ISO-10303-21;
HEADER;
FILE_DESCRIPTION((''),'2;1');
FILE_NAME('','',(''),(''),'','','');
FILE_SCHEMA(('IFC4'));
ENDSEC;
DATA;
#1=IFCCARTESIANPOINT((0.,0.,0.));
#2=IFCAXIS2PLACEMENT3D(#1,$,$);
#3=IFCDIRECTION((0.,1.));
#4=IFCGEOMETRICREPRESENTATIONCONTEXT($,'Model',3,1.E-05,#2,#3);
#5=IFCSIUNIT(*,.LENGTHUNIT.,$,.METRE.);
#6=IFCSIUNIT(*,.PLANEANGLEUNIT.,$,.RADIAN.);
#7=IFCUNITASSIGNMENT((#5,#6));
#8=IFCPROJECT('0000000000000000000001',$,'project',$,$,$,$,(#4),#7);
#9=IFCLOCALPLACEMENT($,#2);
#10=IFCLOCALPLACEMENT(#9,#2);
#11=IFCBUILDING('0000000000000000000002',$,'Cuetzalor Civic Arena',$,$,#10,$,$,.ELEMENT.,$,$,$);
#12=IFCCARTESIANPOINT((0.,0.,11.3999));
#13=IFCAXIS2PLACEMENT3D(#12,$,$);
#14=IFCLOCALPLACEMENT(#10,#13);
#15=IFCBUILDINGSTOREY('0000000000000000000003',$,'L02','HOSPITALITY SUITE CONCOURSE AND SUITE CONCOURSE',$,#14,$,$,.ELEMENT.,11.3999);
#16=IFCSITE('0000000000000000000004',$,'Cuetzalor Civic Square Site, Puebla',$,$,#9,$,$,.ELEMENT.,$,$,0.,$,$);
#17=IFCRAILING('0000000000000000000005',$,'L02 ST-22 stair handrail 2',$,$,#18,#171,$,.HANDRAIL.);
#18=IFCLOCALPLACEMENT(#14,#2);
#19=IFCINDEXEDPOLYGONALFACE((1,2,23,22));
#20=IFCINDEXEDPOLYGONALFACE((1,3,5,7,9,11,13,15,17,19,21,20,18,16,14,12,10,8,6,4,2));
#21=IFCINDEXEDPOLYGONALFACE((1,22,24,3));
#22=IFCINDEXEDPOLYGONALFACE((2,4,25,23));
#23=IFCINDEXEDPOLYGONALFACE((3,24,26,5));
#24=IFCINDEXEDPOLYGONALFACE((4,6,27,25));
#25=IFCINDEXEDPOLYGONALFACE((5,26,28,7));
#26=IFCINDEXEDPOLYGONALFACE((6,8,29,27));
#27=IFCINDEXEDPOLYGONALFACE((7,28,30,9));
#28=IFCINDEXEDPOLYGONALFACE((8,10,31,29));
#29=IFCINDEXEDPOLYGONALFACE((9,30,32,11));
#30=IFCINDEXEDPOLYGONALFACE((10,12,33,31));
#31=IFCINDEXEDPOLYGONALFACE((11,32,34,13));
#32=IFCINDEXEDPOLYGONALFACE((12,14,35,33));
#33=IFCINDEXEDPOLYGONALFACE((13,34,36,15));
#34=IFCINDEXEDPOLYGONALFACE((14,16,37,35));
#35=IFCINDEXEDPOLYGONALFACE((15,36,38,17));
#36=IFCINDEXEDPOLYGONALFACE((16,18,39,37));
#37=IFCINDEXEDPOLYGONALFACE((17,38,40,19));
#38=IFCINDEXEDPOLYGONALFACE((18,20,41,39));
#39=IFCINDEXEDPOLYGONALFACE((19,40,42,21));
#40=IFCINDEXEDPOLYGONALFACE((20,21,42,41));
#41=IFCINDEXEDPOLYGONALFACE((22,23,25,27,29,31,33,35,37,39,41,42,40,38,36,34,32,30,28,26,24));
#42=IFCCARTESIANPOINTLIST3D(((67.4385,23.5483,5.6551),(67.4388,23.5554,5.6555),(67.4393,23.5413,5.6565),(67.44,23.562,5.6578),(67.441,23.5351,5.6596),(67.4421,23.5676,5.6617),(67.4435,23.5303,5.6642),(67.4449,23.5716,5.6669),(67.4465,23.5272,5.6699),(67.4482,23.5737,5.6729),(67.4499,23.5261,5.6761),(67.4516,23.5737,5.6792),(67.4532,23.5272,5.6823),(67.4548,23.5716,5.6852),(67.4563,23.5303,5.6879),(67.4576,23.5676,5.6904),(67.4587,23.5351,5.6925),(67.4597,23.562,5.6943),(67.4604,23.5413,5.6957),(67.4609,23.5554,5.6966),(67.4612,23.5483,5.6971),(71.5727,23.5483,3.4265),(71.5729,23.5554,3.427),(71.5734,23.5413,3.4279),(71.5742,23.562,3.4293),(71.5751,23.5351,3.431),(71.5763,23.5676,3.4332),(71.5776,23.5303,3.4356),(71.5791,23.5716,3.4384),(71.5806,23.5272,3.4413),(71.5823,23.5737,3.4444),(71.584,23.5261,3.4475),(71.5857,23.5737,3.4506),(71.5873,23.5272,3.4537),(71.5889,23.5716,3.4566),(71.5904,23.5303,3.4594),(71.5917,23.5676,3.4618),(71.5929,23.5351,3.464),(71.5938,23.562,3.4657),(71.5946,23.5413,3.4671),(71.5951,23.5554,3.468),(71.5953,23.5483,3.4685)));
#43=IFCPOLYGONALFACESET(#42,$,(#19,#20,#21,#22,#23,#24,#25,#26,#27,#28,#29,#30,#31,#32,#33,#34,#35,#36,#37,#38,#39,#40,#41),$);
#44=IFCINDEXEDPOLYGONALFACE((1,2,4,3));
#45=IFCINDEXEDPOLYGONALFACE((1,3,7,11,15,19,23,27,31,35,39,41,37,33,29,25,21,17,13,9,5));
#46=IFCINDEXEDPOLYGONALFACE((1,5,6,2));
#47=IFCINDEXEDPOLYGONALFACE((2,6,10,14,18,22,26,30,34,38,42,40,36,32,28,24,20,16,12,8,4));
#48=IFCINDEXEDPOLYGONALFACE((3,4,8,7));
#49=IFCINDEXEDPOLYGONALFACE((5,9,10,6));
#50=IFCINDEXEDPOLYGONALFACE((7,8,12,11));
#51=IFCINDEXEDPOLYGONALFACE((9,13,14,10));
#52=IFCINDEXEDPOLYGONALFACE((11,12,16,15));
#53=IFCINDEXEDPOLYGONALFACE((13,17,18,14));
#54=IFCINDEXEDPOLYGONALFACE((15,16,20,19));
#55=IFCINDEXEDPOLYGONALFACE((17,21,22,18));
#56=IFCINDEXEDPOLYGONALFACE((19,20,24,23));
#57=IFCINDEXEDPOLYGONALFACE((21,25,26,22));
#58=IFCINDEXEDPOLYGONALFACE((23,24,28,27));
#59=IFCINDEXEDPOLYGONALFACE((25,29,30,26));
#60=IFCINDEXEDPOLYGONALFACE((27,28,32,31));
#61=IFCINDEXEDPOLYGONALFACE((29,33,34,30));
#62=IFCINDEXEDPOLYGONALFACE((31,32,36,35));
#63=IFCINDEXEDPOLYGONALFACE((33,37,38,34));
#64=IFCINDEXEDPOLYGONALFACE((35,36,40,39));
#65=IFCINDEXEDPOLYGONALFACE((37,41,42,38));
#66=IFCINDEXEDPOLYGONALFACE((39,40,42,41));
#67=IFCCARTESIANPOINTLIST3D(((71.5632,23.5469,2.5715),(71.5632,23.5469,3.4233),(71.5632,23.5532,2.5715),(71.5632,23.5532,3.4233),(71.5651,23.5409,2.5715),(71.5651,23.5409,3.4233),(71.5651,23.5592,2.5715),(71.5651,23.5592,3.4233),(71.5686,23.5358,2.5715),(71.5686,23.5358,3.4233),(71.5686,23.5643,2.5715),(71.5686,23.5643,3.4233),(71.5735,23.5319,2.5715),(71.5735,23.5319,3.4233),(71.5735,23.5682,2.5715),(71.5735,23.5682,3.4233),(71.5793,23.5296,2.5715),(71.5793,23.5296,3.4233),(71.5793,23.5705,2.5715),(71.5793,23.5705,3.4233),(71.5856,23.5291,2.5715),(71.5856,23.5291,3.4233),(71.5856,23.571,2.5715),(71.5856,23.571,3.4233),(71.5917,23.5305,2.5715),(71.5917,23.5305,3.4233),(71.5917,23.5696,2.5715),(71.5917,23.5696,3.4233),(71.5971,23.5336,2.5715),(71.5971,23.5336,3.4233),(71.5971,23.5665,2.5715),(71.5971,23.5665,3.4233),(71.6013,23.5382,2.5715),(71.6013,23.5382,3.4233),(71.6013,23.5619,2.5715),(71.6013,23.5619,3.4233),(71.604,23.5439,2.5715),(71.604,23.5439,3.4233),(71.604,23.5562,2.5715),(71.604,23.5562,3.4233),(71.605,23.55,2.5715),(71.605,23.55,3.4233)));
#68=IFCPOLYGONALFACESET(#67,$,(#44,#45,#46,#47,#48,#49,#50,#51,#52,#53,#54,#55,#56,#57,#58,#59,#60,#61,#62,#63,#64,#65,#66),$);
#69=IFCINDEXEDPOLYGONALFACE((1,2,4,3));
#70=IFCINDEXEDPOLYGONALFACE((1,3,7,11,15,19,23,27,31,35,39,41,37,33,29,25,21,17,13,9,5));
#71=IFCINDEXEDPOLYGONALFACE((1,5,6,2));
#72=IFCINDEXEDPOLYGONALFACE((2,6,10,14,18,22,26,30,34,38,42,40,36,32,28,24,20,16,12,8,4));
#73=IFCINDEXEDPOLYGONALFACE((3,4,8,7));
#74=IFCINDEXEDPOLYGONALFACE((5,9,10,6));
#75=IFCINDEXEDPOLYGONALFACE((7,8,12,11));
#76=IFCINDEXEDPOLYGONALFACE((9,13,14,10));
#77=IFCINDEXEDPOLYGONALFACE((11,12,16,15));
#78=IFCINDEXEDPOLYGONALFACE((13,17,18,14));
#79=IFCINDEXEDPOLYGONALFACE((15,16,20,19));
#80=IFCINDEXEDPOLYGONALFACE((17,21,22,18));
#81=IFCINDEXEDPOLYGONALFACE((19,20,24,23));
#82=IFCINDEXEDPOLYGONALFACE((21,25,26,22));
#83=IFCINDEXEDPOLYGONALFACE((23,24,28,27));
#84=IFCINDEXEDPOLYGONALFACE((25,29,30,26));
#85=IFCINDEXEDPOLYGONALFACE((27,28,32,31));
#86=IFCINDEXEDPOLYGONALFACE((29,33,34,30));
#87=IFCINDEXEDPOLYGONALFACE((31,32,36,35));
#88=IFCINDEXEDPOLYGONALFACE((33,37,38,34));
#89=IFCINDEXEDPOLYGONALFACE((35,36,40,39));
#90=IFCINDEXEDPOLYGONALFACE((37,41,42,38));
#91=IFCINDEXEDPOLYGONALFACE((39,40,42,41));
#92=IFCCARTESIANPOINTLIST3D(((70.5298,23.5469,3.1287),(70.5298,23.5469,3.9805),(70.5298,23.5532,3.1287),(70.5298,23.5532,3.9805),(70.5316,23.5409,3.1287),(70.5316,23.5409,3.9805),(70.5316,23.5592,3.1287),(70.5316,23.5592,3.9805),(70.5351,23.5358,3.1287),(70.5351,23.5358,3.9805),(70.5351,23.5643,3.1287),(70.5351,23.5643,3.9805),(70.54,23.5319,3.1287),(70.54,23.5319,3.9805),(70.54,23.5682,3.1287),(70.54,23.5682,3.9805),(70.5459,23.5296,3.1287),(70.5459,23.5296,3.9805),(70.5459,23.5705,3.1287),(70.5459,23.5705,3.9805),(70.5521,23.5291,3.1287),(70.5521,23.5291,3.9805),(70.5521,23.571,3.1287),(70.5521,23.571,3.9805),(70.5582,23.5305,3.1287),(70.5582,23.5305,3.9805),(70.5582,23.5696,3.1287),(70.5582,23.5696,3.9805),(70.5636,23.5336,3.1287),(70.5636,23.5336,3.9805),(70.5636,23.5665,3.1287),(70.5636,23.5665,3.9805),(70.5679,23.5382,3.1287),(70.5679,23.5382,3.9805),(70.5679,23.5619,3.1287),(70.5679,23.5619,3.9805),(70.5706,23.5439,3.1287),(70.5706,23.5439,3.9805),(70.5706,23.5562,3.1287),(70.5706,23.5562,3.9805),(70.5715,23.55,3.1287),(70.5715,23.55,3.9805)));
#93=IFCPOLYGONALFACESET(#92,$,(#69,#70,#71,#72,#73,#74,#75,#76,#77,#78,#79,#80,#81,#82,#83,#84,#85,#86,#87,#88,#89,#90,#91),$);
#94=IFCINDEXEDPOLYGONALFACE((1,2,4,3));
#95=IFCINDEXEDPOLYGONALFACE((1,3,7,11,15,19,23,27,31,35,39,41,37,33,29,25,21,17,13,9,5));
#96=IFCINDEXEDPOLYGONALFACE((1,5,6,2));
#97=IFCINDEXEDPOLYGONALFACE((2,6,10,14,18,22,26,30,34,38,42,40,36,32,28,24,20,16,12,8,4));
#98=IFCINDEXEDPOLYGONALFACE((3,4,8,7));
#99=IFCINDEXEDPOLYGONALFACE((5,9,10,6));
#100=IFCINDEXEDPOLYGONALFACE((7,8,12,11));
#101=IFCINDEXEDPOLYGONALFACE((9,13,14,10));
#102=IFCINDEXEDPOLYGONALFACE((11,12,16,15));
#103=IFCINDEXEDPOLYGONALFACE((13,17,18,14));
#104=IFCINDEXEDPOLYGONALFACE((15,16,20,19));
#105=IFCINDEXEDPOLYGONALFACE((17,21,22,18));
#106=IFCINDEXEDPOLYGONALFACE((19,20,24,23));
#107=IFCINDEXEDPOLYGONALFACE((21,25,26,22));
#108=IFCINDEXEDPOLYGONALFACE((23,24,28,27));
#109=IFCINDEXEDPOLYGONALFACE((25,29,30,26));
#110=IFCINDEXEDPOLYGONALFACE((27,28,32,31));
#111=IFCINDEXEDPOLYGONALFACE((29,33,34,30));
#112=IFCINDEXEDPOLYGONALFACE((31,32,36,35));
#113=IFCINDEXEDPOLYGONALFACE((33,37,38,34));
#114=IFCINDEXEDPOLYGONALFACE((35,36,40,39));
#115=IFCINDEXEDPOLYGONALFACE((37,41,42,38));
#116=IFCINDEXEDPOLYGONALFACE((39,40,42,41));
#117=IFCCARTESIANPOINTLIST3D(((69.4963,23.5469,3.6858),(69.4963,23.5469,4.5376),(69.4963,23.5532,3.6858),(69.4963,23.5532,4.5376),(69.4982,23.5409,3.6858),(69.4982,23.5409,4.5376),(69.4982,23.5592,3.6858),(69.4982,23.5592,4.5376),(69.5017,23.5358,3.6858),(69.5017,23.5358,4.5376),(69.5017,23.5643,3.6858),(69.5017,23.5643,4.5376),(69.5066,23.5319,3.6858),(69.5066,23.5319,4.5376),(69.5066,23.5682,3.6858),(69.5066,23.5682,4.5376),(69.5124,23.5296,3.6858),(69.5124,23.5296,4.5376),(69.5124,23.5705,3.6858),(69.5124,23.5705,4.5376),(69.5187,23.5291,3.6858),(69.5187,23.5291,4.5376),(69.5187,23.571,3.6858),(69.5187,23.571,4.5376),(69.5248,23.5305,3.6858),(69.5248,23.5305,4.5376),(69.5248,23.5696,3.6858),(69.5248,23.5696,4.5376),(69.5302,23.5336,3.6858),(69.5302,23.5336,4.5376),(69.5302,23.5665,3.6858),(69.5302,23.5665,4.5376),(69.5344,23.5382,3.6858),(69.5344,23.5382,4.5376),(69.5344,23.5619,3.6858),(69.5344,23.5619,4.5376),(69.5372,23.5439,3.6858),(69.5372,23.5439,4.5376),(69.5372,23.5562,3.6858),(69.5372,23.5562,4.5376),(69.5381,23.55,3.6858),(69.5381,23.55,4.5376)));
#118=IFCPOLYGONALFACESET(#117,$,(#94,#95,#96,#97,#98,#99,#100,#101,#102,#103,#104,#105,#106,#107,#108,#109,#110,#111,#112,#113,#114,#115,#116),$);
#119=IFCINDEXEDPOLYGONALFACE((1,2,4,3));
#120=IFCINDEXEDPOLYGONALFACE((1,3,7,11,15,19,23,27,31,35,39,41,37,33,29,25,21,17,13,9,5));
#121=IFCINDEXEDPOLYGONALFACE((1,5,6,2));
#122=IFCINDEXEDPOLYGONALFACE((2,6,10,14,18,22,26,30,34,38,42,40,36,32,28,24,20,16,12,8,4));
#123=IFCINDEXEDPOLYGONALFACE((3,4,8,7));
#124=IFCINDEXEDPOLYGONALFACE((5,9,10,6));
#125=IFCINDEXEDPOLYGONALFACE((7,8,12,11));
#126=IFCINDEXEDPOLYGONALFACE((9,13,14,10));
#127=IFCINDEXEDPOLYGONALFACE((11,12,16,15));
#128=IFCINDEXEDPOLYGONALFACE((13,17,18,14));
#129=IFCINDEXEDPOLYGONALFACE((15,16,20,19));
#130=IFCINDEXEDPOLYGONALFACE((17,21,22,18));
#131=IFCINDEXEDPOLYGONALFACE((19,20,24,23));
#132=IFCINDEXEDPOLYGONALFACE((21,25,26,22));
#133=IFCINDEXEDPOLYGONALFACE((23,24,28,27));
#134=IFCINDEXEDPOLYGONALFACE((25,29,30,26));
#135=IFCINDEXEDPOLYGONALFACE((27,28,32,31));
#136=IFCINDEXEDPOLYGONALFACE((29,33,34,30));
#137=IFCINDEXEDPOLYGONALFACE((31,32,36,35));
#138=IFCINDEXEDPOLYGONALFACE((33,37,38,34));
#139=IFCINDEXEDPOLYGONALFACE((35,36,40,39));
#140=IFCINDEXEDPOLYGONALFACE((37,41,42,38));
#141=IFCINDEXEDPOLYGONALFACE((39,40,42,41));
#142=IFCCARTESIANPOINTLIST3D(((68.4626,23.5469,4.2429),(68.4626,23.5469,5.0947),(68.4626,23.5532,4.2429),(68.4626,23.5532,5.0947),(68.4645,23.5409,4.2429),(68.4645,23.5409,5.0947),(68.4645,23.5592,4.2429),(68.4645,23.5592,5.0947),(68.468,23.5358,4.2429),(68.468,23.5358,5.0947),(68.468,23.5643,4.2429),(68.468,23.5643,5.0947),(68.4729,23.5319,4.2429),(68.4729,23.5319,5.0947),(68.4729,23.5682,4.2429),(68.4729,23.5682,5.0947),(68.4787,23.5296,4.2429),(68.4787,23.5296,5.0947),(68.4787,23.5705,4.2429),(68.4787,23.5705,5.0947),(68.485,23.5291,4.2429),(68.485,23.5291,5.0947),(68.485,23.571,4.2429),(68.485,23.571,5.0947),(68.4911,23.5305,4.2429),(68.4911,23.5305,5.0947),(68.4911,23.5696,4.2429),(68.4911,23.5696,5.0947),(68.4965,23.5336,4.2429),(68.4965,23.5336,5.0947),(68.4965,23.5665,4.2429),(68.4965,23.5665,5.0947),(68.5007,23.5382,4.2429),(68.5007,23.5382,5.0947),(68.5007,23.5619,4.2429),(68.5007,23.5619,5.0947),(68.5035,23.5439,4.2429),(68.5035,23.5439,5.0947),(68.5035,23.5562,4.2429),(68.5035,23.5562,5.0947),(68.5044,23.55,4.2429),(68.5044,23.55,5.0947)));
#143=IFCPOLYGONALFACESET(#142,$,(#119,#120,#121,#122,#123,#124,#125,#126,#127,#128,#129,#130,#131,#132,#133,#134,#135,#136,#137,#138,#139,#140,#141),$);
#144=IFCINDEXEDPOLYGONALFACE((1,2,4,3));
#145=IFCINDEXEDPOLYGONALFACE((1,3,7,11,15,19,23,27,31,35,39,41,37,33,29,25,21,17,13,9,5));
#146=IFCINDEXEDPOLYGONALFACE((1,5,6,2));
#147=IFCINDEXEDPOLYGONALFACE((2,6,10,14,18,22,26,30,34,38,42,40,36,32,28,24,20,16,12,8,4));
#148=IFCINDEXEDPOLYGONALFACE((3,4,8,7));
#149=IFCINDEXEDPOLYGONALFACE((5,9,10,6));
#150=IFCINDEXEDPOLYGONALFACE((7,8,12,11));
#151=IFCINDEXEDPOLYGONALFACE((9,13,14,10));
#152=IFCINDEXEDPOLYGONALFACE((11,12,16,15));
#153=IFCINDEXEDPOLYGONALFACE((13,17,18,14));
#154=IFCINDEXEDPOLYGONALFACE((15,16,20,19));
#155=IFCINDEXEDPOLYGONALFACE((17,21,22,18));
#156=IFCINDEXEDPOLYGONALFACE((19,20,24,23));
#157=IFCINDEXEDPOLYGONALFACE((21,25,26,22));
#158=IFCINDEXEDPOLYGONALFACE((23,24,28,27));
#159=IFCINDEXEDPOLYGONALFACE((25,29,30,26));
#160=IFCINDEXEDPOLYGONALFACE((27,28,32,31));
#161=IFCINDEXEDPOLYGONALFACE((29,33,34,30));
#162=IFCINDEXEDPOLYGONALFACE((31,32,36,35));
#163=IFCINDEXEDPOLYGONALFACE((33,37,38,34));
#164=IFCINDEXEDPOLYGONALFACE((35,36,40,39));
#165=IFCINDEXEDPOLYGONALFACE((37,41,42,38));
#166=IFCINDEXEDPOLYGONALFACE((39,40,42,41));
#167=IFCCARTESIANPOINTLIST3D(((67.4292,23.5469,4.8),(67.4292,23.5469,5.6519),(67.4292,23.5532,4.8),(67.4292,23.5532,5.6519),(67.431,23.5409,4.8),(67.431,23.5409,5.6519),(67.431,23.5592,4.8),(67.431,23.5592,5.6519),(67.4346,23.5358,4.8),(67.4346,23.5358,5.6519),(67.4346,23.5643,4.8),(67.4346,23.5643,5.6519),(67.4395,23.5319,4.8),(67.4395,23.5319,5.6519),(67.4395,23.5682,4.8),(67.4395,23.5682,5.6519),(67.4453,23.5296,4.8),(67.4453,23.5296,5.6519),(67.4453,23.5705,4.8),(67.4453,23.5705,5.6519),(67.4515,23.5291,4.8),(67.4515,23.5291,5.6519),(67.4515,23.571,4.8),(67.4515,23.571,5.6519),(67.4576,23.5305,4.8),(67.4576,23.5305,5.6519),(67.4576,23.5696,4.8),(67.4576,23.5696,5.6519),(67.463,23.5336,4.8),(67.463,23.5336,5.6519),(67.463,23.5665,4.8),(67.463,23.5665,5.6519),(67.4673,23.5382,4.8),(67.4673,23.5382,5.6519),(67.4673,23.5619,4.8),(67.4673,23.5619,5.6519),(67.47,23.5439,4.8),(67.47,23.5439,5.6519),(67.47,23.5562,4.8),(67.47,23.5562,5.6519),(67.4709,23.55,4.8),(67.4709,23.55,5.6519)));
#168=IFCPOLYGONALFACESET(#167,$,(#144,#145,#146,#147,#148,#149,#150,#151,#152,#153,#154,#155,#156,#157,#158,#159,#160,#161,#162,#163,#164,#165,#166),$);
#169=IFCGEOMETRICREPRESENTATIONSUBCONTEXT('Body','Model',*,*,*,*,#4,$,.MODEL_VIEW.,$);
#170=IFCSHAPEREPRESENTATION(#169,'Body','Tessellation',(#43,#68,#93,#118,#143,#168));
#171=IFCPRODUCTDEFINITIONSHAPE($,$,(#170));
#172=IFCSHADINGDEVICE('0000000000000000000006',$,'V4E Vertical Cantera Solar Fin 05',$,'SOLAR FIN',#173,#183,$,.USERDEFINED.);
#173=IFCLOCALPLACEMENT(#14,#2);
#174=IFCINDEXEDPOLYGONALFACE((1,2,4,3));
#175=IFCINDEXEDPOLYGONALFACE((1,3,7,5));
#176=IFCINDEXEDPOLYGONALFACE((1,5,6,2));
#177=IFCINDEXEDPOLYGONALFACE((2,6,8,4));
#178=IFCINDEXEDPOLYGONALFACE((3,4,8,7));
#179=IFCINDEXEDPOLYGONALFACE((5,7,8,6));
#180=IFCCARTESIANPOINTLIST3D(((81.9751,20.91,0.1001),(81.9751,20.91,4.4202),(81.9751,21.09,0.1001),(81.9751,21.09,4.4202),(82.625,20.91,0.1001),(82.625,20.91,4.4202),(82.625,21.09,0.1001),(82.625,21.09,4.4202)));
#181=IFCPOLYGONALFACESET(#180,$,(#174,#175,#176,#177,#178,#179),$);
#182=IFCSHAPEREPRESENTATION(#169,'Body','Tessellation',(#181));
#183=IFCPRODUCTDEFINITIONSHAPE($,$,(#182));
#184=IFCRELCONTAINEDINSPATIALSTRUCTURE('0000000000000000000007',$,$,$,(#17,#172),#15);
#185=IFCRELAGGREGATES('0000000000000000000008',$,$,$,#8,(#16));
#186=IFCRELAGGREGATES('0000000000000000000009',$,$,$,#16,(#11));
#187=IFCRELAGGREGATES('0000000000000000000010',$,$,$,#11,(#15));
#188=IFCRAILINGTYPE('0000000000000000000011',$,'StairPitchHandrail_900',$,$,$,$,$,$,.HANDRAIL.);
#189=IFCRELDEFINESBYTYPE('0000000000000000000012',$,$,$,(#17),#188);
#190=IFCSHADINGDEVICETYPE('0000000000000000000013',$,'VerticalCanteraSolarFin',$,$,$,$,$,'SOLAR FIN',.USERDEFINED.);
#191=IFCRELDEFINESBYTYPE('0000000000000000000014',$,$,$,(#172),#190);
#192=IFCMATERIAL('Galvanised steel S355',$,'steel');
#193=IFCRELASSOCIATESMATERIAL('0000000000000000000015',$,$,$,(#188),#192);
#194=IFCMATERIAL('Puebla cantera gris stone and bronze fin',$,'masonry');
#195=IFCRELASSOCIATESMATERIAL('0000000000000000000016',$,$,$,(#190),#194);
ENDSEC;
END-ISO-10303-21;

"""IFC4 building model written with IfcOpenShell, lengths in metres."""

from ifc_helpers import new_model, si_unit, direction, frame, origin, origin_2d, place, context, subcontext, project, spatial, rectangle, circle, extrude, material, type_object, element, save


model = new_model("IFC4")

# Units and contexts
model_context = context("Model", 3, precision=1e-05, world=origin(), true_north=direction((0.0, 1.0)))
body_context = subcontext(model_context, "Body", "Model", "MODEL_VIEW")
ifc_project = project(units=[si_unit("LENGTHUNIT", "METRE"), si_unit("PLANEANGLEUNIT", "RADIAN")], contexts=[model_context])

# Site, building, storey
site_placement = place(None, origin())
site = spatial("IfcSite", under=ifc_project, at=site_placement, Name="Cuetzalor Civic Square Site, Puebla", CompositionType="ELEMENT", RefElevation=0.0)
building_placement = place(site_placement, origin())
building = spatial("IfcBuilding", under=site, at=building_placement, Name="Cuetzalor Civic Arena", CompositionType="ELEMENT")
storey_placement = place(building_placement, frame((0.0, 0.0, 11.3999)))
storey = spatial("IfcBuildingStorey", under=building, at=storey_placement, Name="L02", Description="HOSPITALITY SUITE CONCOURSE AND SUITE CONCOURSE", CompositionType="ELEMENT", Elevation=11.3999)

# Railing
ifc_material_1 = material(Name="Galvanised steel S355", Category="steel")
railing_type_1 = type_object("IfcRailingType", Name="StairPitchHandrail_900", PredefinedType="HANDRAIL", material=ifc_material_1)
railing_1_placement = place(storey_placement, frame((71.584, 23.55, 2.5715)))
element("IfcRailing", 1, at=railing_1_placement, inside=storey, type_object=railing_type_1, Name="L02 ST-22 stair handrail 2", PredefinedType="HANDRAIL", context=body_context, shape_type="SweptSolid", body=[
    extrude(circle(Radius=0.0239, at=origin_2d()), frame((0.0, 0.0, 0.876), z_axis=(-0.880249, 0.0, 0.474512), x_axis=(0.0, -1.0, 0.0)), (0.0, 0.0, 1.0), 4.6965),
    extrude(circle(Radius=0.021, at=origin_2d()), origin(), (0.0, 0.0, 1.0), 0.8518),
    extrude(circle(Radius=0.021, at=origin_2d()), frame((-1.0334, 0.0, 0.5571)), (0.0, 0.0, 1.0), 0.8518),
    extrude(circle(Radius=0.021, at=origin_2d()), frame((-2.0669, 0.0, 1.1143)), (0.0, 0.0, 1.0), 0.8518),
    extrude(circle(Radius=0.021, at=origin_2d()), frame((-3.1006, 0.0, 1.6714)), (0.0, 0.0, 1.0), 0.8518),
    extrude(circle(Radius=0.021, at=origin_2d()), frame((-4.134, 0.0, 2.2285)), (0.0, 0.0, 1.0), 0.8518),
])

# Shading device
ifc_material_2 = material(Name="Puebla cantera gris stone and bronze fin", Category="masonry")
shading_device_type = type_object("IfcShadingDeviceType", Name="VerticalCanteraSolarFin", ElementType="SOLAR FIN", PredefinedType="USERDEFINED", material=ifc_material_2)
shading_device_placement = place(storey_placement, frame((82.3, 21.0, 0.1001), z_axis=(0.0, 0.0, 1.0), x_axis=(1.0, 0.0, 0.0)))
element("IfcShadingDevice", 2, at=shading_device_placement, inside=storey, type_object=shading_device_type, Name="V4E Vertical Cantera Solar Fin 05", ObjectType="SOLAR FIN", PredefinedType="USERDEFINED", context=body_context, shape_type="SweptSolid", body=[
    extrude(rectangle(XDim=0.6499, YDim=0.1799, at=origin_2d()), origin(), (0.0, 0.0, 1.0), 4.3201),
])

save(model, "model.ifc")
